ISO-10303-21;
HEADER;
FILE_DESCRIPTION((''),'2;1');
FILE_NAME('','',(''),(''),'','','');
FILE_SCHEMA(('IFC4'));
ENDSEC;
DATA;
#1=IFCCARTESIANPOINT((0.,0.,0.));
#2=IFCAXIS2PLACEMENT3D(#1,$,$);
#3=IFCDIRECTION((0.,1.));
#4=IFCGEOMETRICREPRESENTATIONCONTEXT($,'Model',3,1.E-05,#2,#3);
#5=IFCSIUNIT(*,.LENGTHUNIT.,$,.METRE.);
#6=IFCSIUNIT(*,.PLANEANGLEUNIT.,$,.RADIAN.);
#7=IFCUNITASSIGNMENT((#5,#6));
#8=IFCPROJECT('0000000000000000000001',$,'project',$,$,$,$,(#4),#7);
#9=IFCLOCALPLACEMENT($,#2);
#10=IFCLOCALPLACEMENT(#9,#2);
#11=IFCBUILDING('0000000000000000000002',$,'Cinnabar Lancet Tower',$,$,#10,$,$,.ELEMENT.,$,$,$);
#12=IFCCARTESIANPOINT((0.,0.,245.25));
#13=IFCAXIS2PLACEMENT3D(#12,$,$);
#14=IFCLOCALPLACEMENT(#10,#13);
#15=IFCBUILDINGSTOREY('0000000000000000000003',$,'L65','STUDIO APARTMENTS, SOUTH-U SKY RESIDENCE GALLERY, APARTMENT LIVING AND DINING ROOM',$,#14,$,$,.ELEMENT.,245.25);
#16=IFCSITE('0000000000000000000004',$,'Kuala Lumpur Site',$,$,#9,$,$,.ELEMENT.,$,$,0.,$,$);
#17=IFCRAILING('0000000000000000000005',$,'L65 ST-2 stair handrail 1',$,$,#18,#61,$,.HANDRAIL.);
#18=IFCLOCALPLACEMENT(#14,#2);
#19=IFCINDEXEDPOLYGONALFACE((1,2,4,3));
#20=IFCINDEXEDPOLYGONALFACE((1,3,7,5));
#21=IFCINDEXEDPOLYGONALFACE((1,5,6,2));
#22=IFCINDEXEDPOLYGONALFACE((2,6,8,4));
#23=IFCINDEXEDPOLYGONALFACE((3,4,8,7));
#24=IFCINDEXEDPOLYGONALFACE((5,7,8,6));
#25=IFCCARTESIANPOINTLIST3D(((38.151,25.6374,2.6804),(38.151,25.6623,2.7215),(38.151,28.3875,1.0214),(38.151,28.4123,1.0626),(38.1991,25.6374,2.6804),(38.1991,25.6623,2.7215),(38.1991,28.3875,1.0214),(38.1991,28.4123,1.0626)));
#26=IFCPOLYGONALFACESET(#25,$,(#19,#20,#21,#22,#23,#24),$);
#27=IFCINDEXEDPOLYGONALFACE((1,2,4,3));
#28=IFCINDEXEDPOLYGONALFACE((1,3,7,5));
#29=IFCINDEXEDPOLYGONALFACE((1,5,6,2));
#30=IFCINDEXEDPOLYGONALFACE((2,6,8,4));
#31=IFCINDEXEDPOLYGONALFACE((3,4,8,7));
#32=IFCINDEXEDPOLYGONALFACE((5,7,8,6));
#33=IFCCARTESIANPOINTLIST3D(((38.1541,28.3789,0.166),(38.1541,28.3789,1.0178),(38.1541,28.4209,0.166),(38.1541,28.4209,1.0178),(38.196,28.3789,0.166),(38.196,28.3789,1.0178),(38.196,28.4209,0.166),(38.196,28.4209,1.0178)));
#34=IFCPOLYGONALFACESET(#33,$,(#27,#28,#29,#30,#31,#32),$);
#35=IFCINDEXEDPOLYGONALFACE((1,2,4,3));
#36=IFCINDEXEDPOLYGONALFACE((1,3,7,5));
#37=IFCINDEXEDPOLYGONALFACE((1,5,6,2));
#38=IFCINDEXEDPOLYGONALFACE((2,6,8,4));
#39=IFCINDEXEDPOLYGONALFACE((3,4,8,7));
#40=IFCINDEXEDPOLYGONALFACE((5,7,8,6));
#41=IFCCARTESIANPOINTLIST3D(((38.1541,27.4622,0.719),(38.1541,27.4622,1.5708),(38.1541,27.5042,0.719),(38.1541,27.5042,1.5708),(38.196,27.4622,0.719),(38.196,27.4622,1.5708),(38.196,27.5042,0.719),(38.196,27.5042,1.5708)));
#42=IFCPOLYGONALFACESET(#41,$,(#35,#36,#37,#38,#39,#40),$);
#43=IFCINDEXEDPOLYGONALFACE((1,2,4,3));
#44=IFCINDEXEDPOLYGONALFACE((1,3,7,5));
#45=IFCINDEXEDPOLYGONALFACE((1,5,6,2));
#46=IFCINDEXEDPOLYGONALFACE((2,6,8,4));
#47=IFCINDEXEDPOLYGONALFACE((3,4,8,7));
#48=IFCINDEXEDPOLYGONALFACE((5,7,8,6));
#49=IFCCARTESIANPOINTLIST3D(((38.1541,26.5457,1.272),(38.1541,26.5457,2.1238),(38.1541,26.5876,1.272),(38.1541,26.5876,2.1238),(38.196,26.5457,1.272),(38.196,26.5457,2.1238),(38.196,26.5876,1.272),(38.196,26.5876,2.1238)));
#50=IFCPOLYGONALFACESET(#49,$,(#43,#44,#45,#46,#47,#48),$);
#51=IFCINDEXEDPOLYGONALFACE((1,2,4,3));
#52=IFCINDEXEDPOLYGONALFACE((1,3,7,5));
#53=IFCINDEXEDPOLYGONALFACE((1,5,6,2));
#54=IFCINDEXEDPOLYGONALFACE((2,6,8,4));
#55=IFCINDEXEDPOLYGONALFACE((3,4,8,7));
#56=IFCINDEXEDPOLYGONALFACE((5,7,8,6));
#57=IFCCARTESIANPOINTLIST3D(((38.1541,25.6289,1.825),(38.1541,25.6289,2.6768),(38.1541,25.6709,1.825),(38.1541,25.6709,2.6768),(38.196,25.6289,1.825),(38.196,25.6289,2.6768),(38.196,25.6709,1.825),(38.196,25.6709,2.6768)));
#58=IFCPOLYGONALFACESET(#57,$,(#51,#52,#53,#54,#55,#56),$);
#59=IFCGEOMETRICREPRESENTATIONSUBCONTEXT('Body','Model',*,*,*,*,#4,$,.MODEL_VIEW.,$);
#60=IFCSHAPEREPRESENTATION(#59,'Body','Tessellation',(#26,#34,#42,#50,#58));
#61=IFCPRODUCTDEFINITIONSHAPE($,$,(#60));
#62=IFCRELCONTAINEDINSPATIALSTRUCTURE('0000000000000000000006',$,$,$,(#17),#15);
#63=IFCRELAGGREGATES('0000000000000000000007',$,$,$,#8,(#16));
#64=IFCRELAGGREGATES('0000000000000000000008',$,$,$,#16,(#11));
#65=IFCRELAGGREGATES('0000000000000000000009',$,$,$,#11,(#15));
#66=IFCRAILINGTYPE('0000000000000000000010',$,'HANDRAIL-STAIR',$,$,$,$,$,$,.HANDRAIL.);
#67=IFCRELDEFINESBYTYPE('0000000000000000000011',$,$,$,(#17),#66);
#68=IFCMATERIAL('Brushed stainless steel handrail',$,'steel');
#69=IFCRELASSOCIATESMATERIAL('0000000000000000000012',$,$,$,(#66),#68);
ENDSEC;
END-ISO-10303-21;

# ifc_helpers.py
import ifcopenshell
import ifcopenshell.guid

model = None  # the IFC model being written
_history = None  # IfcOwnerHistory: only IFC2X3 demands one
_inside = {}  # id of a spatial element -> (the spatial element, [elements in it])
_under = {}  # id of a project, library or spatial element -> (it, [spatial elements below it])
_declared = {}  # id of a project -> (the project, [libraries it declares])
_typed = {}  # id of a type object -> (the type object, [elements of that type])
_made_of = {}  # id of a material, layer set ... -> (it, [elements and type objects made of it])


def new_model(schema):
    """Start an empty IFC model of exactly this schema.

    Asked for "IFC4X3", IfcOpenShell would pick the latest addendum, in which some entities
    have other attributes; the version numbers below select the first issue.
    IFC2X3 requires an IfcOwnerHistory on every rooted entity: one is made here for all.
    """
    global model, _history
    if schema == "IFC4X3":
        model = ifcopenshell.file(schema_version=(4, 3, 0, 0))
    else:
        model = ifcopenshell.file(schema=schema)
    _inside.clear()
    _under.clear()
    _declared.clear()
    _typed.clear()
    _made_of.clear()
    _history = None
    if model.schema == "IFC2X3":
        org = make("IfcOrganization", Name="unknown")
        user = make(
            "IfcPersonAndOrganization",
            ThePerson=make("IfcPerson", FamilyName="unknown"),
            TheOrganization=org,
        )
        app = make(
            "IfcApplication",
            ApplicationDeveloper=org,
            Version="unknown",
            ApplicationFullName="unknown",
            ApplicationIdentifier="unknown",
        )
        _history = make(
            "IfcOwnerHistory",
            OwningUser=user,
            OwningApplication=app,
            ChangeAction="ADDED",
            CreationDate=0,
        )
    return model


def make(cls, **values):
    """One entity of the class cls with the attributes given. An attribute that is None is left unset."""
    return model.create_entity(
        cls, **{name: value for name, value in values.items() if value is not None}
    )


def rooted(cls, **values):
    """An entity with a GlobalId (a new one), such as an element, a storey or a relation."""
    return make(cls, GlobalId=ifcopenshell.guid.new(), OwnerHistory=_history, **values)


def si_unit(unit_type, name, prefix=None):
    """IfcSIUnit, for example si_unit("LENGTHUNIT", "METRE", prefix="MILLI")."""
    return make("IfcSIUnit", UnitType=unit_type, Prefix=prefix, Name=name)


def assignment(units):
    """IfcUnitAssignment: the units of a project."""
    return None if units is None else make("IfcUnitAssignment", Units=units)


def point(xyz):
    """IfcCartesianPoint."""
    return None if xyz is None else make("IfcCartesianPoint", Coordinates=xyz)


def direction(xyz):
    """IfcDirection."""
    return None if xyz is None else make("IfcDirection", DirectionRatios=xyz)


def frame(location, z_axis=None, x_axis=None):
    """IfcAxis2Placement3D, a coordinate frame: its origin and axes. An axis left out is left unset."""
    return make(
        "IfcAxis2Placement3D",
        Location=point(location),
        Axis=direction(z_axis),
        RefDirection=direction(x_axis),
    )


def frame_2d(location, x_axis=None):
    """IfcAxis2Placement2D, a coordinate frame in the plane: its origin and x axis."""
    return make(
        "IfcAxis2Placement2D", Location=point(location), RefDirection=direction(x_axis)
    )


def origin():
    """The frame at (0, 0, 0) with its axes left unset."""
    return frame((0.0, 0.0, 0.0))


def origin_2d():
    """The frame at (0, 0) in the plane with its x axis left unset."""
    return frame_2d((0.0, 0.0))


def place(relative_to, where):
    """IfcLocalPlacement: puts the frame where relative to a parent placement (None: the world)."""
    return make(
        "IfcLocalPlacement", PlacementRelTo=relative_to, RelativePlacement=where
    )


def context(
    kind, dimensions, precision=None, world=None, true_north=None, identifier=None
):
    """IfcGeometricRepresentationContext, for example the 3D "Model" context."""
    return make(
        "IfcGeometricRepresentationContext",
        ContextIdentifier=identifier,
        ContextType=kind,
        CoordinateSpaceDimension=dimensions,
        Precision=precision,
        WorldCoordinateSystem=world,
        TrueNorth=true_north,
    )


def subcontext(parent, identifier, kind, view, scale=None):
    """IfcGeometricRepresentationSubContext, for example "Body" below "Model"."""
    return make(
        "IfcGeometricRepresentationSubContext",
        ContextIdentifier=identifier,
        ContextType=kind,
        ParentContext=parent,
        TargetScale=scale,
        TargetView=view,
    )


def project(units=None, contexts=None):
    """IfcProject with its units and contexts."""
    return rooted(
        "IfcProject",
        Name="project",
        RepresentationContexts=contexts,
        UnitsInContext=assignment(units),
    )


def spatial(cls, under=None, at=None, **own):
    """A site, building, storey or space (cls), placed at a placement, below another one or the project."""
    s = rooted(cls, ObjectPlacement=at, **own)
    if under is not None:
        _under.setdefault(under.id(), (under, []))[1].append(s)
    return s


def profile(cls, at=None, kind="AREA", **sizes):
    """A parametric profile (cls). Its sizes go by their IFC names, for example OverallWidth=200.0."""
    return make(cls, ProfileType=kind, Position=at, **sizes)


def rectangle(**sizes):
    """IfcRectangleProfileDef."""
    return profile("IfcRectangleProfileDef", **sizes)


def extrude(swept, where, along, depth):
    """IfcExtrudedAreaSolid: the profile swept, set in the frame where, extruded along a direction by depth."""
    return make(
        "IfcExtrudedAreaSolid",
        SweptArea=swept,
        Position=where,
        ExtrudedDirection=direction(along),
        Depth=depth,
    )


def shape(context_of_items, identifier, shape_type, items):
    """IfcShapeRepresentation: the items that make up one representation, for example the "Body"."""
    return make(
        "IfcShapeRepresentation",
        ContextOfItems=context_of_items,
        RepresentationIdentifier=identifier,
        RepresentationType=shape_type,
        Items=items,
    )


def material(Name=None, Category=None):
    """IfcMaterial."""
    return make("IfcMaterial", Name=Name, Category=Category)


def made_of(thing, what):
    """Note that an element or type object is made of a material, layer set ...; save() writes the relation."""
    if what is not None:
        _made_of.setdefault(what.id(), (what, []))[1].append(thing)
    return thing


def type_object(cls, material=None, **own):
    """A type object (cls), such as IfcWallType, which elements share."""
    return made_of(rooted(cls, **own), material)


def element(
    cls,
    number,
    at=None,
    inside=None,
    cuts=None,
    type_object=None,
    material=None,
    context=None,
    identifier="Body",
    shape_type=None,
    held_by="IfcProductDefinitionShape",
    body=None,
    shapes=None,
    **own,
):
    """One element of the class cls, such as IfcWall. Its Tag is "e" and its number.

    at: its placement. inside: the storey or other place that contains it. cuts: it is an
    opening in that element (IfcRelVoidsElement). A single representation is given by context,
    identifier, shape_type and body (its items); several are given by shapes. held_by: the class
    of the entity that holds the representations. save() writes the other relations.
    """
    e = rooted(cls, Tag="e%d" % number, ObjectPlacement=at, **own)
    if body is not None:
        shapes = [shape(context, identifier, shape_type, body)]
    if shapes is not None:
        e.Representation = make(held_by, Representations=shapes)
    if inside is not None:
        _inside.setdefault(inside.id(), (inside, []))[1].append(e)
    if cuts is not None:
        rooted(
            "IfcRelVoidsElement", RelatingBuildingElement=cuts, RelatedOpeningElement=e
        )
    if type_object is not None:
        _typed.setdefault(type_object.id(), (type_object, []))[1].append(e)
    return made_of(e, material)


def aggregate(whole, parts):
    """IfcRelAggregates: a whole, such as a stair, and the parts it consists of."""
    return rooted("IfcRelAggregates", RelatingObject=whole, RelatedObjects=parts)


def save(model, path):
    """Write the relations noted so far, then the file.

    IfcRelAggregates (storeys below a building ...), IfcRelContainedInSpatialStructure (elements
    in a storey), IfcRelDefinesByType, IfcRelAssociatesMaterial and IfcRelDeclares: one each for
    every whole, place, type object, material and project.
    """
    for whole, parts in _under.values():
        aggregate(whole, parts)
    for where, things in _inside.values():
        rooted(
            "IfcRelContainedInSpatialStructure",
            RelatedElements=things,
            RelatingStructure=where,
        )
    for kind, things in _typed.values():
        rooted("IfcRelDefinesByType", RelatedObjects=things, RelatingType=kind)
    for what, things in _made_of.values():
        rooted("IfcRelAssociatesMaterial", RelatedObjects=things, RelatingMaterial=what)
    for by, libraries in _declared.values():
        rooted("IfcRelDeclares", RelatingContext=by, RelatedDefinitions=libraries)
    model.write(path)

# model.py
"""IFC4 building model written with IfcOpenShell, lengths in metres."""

from ifc_helpers import new_model, si_unit, direction, frame, origin, origin_2d, place, context, subcontext, project, spatial, rectangle, extrude, material, type_object, element, save


model = new_model("IFC4")

# Units and contexts
model_context = context("Model", 3, precision=1e-05, world=origin(), true_north=direction((0.0, 1.0)))
body_context = subcontext(model_context, "Body", "Model", "MODEL_VIEW")
ifc_project = project(units=[si_unit("LENGTHUNIT", "METRE"), si_unit("PLANEANGLEUNIT", "RADIAN")], contexts=[model_context])

# Site, building, storey
site_placement = place(None, origin())
site = spatial("IfcSite", under=ifc_project, at=site_placement, Name="Kuala Lumpur Site", CompositionType="ELEMENT", RefElevation=0.0)
building_placement = place(site_placement, origin())
building = spatial("IfcBuilding", under=site, at=building_placement, Name="Cinnabar Lancet Tower", CompositionType="ELEMENT")
storey_placement = place(building_placement, frame((0.0, 0.0, 245.25)))
storey = spatial("IfcBuildingStorey", under=building, at=storey_placement, Name="L65", Description="STUDIO APARTMENTS, SOUTH-U SKY RESIDENCE GALLERY, APARTMENT LIVING AND DINING ROOM", CompositionType="ELEMENT", Elevation=245.25)

# Railing
ifc_material_1 = material(Name="Brushed stainless steel handrail", Category="steel")
railing_type_1 = type_object("IfcRailingType", Name="HANDRAIL-STAIR", PredefinedType="HANDRAIL", material=ifc_material_1)
railing_1_placement = place(storey_placement, frame((38.175, 28.3999, 0.166)))
element("IfcRailing", 1, at=railing_1_placement, inside=storey, type_object=railing_type_1, Name="L65 ST-2 stair handrail 1", PredefinedType="HANDRAIL", context=body_context, shape_type="SweptSolid", body=[
    extrude(rectangle(XDim=0.0481, YDim=0.0481, at=origin_2d()), frame((0.0, 0.0, 0.876), z_axis=(0.0, -0.856263, 0.51654), x_axis=(1.0, 0.0, 0.0)), (0.0, 0.0, 1.0), 3.2117),
    extrude(rectangle(XDim=0.042, YDim=0.042, at=origin_2d()), origin(), (0.0, 0.0, 1.0), 0.8518),
    extrude(rectangle(XDim=0.042, YDim=0.042, at=origin_2d()), frame((0.0, -0.9167, 0.553)), (0.0, 0.0, 1.0), 0.8518),
    extrude(rectangle(XDim=0.042, YDim=0.042, at=origin_2d()), frame((0.0, -1.8333, 1.106)), (0.0, 0.0, 1.0), 0.8518),
    extrude(rectangle(XDim=0.042, YDim=0.042, at=origin_2d()), frame((0.0, -2.75, 1.6589)), (0.0, 0.0, 1.0), 0.8518),
])

save(model, "model.ifc")
